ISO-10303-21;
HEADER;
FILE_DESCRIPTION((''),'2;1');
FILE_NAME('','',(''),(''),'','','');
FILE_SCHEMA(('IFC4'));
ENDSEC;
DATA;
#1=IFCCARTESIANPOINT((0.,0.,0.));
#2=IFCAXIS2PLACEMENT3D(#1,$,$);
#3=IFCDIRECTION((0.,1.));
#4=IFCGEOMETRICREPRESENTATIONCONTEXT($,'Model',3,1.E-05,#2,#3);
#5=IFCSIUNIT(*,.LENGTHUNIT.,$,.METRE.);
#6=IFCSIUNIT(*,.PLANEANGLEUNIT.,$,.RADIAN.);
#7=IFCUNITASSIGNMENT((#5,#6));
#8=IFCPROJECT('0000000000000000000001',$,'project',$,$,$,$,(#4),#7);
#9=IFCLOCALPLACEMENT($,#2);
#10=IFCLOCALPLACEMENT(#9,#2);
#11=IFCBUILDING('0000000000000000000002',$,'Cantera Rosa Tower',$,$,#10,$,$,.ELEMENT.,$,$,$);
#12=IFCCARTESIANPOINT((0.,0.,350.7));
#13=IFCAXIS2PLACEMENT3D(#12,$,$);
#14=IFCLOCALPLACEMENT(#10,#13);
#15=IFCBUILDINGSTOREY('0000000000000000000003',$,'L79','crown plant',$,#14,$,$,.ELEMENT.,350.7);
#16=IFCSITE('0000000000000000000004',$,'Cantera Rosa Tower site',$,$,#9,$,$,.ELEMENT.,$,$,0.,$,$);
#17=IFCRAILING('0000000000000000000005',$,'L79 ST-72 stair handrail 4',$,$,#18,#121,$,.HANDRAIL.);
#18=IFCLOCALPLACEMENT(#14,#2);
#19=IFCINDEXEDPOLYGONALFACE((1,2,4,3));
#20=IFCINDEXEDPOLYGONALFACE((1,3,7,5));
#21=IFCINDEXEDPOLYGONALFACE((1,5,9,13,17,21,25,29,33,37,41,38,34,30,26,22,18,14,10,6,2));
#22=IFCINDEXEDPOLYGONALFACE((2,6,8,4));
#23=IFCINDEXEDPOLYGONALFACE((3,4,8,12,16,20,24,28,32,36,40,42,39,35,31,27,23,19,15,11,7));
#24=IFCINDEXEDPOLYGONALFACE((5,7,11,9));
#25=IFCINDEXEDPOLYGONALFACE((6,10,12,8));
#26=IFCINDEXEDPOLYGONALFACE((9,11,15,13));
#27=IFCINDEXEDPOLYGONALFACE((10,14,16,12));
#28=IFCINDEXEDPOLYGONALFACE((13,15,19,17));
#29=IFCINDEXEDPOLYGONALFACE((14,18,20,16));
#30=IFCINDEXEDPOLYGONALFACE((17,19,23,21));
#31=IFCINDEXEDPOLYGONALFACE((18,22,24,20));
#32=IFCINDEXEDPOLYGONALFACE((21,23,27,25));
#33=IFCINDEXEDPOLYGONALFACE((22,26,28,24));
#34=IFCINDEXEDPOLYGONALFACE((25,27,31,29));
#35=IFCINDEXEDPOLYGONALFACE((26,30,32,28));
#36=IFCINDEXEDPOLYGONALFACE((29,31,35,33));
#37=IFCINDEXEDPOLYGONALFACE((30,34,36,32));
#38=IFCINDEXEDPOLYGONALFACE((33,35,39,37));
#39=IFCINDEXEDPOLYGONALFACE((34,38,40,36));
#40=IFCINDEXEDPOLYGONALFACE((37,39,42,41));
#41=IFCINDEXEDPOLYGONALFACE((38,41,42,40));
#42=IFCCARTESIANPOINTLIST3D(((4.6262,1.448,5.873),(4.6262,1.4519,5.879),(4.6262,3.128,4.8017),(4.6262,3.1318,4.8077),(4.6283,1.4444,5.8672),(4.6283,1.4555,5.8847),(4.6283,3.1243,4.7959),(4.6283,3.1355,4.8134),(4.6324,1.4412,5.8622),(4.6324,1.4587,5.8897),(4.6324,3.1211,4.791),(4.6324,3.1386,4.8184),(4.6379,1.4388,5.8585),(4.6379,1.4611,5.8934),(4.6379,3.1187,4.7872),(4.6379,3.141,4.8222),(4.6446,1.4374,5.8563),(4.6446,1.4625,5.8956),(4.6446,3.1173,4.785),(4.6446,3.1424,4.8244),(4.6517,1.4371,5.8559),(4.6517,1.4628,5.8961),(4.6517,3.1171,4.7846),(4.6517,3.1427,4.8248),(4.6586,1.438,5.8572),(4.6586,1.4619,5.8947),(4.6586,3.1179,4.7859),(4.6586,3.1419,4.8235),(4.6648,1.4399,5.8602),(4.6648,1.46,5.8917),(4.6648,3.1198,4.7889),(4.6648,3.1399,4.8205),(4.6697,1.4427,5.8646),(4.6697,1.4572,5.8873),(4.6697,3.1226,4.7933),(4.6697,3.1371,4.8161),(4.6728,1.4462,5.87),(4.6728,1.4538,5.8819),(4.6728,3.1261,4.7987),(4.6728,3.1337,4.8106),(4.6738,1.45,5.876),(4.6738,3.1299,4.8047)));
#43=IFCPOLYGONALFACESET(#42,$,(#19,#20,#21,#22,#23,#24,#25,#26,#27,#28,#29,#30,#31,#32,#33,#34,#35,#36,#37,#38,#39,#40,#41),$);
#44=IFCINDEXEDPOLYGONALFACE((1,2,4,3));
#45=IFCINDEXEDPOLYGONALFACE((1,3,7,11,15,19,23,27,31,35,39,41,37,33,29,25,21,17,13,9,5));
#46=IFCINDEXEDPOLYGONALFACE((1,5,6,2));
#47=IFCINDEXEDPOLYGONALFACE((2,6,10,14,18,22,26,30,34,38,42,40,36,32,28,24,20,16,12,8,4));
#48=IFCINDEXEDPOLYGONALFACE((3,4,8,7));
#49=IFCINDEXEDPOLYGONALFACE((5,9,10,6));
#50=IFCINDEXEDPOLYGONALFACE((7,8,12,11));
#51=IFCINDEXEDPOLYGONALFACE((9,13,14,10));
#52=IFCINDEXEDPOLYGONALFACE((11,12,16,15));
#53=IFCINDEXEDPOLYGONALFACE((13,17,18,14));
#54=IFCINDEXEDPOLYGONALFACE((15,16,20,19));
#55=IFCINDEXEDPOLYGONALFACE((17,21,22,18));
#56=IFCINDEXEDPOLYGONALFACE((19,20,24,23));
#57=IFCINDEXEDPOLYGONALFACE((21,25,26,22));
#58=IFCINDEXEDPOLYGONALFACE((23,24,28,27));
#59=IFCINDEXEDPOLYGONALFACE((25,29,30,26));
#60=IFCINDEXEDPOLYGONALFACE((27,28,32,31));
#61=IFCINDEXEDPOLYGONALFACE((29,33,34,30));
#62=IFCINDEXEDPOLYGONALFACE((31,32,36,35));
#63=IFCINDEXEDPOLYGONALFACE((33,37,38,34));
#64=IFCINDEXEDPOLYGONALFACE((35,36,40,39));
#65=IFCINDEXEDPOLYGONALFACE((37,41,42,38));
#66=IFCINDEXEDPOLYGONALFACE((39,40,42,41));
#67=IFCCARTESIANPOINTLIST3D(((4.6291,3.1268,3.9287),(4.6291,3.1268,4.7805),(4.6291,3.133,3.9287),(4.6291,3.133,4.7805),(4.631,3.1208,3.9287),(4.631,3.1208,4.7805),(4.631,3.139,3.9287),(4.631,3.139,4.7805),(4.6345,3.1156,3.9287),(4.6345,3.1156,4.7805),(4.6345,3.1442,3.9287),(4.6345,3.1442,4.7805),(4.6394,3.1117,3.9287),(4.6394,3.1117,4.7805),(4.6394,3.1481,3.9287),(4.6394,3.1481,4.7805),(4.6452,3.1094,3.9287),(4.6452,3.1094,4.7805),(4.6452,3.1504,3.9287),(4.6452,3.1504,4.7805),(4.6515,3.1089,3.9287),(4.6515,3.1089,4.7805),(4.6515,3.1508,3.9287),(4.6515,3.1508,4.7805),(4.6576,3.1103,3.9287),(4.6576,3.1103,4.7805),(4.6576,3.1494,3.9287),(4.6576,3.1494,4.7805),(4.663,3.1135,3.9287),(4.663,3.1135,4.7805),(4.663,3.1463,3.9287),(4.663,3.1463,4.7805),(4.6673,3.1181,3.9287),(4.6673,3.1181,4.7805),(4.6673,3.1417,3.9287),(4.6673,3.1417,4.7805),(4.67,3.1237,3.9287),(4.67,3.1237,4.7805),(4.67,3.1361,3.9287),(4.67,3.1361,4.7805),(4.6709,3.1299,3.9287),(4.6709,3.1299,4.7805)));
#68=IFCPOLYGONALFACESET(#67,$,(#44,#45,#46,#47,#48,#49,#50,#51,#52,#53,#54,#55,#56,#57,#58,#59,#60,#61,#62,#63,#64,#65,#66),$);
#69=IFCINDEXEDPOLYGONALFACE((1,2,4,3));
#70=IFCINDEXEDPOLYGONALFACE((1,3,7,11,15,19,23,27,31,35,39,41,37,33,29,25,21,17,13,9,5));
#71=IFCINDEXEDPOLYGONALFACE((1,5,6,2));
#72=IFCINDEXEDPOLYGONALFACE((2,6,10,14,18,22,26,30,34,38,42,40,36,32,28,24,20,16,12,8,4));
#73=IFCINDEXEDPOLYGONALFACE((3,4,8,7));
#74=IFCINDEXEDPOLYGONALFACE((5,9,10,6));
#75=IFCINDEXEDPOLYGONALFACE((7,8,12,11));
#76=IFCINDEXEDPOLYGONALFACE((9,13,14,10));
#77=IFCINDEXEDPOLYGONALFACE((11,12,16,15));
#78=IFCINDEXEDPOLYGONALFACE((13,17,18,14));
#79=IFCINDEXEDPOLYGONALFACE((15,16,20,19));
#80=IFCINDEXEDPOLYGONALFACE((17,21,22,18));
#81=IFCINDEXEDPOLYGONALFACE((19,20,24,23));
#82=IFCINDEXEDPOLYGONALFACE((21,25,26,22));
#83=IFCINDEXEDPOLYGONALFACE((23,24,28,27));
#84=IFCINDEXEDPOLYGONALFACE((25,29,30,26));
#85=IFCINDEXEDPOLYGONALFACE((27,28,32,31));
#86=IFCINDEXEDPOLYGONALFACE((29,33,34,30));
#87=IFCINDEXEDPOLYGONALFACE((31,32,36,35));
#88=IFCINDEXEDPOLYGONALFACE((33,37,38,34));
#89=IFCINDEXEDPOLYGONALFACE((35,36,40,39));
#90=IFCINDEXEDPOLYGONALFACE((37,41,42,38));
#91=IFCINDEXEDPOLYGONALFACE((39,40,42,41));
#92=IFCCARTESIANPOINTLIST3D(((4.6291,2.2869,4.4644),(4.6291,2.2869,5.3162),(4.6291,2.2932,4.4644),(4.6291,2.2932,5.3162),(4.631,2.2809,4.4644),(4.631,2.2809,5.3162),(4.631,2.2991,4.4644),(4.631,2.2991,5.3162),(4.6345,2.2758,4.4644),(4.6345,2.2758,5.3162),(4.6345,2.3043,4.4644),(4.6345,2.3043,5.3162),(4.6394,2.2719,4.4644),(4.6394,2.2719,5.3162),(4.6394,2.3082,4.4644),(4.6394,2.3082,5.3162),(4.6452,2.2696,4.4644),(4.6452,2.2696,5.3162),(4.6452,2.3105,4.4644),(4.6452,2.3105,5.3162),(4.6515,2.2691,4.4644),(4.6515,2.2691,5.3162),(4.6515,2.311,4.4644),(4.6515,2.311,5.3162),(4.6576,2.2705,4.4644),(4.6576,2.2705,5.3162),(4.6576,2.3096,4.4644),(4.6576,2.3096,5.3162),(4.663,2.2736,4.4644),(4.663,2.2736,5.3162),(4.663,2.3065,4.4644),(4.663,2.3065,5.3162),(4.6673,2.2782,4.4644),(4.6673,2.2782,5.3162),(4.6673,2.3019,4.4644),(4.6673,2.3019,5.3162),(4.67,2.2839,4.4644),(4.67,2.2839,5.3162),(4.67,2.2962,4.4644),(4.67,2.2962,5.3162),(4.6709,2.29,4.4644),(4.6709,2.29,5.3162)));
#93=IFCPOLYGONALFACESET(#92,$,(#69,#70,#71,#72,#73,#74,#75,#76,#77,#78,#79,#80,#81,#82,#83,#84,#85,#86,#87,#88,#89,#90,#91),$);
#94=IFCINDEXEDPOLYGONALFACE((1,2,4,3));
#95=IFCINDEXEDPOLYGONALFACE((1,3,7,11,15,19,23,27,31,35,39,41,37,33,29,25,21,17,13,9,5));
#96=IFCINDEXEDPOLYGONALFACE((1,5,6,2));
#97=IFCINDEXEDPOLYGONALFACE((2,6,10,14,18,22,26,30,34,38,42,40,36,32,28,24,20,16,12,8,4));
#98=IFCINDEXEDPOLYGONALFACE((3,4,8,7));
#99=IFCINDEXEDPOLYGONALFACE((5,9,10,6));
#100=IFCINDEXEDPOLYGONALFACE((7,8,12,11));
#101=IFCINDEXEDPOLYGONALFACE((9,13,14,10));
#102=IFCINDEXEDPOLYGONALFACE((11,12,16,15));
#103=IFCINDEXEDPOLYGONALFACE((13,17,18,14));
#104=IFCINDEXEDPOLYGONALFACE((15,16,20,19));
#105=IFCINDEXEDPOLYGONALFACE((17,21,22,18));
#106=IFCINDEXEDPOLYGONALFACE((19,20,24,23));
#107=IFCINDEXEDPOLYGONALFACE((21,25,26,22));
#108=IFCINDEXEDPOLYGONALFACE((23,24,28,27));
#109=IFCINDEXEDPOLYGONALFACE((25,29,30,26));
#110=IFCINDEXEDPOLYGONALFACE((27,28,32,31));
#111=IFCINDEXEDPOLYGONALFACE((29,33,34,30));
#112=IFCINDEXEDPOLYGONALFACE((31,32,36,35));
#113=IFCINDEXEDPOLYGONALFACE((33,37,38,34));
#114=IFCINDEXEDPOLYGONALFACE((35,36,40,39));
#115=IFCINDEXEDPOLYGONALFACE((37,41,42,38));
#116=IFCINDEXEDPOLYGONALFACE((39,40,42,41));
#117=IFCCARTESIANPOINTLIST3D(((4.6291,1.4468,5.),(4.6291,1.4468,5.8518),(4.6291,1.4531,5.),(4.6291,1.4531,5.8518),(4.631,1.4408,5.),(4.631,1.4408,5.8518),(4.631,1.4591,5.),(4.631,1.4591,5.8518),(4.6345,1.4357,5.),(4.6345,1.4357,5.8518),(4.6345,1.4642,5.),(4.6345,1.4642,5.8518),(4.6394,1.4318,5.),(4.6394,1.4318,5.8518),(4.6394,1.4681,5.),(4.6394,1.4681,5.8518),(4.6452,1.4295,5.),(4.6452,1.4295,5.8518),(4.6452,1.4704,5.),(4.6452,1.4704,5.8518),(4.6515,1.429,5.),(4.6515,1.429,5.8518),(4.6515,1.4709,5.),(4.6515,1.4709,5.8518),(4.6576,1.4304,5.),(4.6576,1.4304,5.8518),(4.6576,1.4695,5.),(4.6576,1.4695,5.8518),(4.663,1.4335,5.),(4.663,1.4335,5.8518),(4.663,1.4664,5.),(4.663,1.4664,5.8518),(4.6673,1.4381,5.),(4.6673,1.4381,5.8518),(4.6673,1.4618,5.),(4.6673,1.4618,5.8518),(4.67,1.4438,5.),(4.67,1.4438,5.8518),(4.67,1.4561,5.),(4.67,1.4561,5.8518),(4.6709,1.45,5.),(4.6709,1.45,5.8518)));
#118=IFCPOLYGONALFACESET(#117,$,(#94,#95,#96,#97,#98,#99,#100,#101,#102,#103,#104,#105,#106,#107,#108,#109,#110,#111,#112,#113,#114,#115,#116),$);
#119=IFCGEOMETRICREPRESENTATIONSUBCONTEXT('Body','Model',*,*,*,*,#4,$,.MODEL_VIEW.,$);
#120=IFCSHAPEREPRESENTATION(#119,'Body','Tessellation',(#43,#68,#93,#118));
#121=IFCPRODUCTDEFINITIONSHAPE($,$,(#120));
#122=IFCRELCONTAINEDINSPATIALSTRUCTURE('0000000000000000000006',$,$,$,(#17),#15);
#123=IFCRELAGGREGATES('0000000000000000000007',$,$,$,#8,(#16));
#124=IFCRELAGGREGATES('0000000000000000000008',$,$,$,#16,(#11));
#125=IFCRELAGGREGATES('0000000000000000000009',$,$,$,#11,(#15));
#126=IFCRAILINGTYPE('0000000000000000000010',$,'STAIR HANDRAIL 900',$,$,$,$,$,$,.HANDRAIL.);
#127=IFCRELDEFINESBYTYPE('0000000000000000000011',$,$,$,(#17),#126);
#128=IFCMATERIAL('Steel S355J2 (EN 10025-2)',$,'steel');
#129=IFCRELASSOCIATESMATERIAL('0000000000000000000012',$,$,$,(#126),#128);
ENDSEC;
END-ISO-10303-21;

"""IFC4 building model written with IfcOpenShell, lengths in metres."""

from ifc_helpers import new_model, si_unit, direction, frame, origin, origin_2d, place, context, subcontext, project, spatial, circle, extrude, material, type_object, element, save


model = new_model("IFC4")

# Units and contexts
model_context = context("Model", 3, precision=1e-05, world=origin(), true_north=direction((0.0, 1.0)))
body_context = subcontext(model_context, "Body", "Model", "MODEL_VIEW")
ifc_project = project(units=[si_unit("LENGTHUNIT", "METRE"), si_unit("PLANEANGLEUNIT", "RADIAN")], contexts=[model_context])

# Site, building, storey
site_placement = place(None, origin())
site = spatial("IfcSite", under=ifc_project, at=site_placement, Name="Cantera Rosa Tower site", CompositionType="ELEMENT", RefElevation=0.0)
building_placement = place(site_placement, origin())
building = spatial("IfcBuilding", under=site, at=building_placement, Name="Cantera Rosa Tower", CompositionType="ELEMENT")
storey_placement = place(building_placement, frame((0.0, 0.0, 350.7)))
storey = spatial("IfcBuildingStorey", under=building, at=storey_placement, Name="L79", Description="crown plant", CompositionType="ELEMENT", Elevation=350.7)

# Railing
ifc_material_1 = material(Name="Steel S355J2 (EN 10025-2)", Category="steel")
railing_type_1 = type_object("IfcRailingType", Name="STAIR HANDRAIL 900", PredefinedType="HANDRAIL", material=ifc_material_1)
railing_1_placement = place(storey_placement, frame((4.6499, 3.1299, 3.9287)))
element("IfcRailing", 1, at=railing_1_placement, inside=storey, type_object=railing_type_1, Name="L79 ST-72 stair handrail 4", PredefinedType="HANDRAIL", context=body_context, shape_type="SweptSolid", body=[
    extrude(circle(Radius=0.0239, at=origin_2d()), frame((0.0, 0.0, 0.876), z_axis=(0.0, -0.843152, 0.537676), x_axis=(1.0, 0.0, 0.0)), (0.0, 0.0, 1.0), 1.9924),
    extrude(circle(Radius=0.021, at=origin_2d()), origin(), (0.0, 0.0, 1.0), 0.8518),
    extrude(circle(Radius=0.021, at=origin_2d()), frame((0.0, -0.8398, 0.5356)), (0.0, 0.0, 1.0), 0.8518),
    extrude(circle(Radius=0.021, at=origin_2d()), frame((0.0, -1.6799, 1.0713)), (0.0, 0.0, 1.0), 0.8518),
])

save(model, "model.ifc")
